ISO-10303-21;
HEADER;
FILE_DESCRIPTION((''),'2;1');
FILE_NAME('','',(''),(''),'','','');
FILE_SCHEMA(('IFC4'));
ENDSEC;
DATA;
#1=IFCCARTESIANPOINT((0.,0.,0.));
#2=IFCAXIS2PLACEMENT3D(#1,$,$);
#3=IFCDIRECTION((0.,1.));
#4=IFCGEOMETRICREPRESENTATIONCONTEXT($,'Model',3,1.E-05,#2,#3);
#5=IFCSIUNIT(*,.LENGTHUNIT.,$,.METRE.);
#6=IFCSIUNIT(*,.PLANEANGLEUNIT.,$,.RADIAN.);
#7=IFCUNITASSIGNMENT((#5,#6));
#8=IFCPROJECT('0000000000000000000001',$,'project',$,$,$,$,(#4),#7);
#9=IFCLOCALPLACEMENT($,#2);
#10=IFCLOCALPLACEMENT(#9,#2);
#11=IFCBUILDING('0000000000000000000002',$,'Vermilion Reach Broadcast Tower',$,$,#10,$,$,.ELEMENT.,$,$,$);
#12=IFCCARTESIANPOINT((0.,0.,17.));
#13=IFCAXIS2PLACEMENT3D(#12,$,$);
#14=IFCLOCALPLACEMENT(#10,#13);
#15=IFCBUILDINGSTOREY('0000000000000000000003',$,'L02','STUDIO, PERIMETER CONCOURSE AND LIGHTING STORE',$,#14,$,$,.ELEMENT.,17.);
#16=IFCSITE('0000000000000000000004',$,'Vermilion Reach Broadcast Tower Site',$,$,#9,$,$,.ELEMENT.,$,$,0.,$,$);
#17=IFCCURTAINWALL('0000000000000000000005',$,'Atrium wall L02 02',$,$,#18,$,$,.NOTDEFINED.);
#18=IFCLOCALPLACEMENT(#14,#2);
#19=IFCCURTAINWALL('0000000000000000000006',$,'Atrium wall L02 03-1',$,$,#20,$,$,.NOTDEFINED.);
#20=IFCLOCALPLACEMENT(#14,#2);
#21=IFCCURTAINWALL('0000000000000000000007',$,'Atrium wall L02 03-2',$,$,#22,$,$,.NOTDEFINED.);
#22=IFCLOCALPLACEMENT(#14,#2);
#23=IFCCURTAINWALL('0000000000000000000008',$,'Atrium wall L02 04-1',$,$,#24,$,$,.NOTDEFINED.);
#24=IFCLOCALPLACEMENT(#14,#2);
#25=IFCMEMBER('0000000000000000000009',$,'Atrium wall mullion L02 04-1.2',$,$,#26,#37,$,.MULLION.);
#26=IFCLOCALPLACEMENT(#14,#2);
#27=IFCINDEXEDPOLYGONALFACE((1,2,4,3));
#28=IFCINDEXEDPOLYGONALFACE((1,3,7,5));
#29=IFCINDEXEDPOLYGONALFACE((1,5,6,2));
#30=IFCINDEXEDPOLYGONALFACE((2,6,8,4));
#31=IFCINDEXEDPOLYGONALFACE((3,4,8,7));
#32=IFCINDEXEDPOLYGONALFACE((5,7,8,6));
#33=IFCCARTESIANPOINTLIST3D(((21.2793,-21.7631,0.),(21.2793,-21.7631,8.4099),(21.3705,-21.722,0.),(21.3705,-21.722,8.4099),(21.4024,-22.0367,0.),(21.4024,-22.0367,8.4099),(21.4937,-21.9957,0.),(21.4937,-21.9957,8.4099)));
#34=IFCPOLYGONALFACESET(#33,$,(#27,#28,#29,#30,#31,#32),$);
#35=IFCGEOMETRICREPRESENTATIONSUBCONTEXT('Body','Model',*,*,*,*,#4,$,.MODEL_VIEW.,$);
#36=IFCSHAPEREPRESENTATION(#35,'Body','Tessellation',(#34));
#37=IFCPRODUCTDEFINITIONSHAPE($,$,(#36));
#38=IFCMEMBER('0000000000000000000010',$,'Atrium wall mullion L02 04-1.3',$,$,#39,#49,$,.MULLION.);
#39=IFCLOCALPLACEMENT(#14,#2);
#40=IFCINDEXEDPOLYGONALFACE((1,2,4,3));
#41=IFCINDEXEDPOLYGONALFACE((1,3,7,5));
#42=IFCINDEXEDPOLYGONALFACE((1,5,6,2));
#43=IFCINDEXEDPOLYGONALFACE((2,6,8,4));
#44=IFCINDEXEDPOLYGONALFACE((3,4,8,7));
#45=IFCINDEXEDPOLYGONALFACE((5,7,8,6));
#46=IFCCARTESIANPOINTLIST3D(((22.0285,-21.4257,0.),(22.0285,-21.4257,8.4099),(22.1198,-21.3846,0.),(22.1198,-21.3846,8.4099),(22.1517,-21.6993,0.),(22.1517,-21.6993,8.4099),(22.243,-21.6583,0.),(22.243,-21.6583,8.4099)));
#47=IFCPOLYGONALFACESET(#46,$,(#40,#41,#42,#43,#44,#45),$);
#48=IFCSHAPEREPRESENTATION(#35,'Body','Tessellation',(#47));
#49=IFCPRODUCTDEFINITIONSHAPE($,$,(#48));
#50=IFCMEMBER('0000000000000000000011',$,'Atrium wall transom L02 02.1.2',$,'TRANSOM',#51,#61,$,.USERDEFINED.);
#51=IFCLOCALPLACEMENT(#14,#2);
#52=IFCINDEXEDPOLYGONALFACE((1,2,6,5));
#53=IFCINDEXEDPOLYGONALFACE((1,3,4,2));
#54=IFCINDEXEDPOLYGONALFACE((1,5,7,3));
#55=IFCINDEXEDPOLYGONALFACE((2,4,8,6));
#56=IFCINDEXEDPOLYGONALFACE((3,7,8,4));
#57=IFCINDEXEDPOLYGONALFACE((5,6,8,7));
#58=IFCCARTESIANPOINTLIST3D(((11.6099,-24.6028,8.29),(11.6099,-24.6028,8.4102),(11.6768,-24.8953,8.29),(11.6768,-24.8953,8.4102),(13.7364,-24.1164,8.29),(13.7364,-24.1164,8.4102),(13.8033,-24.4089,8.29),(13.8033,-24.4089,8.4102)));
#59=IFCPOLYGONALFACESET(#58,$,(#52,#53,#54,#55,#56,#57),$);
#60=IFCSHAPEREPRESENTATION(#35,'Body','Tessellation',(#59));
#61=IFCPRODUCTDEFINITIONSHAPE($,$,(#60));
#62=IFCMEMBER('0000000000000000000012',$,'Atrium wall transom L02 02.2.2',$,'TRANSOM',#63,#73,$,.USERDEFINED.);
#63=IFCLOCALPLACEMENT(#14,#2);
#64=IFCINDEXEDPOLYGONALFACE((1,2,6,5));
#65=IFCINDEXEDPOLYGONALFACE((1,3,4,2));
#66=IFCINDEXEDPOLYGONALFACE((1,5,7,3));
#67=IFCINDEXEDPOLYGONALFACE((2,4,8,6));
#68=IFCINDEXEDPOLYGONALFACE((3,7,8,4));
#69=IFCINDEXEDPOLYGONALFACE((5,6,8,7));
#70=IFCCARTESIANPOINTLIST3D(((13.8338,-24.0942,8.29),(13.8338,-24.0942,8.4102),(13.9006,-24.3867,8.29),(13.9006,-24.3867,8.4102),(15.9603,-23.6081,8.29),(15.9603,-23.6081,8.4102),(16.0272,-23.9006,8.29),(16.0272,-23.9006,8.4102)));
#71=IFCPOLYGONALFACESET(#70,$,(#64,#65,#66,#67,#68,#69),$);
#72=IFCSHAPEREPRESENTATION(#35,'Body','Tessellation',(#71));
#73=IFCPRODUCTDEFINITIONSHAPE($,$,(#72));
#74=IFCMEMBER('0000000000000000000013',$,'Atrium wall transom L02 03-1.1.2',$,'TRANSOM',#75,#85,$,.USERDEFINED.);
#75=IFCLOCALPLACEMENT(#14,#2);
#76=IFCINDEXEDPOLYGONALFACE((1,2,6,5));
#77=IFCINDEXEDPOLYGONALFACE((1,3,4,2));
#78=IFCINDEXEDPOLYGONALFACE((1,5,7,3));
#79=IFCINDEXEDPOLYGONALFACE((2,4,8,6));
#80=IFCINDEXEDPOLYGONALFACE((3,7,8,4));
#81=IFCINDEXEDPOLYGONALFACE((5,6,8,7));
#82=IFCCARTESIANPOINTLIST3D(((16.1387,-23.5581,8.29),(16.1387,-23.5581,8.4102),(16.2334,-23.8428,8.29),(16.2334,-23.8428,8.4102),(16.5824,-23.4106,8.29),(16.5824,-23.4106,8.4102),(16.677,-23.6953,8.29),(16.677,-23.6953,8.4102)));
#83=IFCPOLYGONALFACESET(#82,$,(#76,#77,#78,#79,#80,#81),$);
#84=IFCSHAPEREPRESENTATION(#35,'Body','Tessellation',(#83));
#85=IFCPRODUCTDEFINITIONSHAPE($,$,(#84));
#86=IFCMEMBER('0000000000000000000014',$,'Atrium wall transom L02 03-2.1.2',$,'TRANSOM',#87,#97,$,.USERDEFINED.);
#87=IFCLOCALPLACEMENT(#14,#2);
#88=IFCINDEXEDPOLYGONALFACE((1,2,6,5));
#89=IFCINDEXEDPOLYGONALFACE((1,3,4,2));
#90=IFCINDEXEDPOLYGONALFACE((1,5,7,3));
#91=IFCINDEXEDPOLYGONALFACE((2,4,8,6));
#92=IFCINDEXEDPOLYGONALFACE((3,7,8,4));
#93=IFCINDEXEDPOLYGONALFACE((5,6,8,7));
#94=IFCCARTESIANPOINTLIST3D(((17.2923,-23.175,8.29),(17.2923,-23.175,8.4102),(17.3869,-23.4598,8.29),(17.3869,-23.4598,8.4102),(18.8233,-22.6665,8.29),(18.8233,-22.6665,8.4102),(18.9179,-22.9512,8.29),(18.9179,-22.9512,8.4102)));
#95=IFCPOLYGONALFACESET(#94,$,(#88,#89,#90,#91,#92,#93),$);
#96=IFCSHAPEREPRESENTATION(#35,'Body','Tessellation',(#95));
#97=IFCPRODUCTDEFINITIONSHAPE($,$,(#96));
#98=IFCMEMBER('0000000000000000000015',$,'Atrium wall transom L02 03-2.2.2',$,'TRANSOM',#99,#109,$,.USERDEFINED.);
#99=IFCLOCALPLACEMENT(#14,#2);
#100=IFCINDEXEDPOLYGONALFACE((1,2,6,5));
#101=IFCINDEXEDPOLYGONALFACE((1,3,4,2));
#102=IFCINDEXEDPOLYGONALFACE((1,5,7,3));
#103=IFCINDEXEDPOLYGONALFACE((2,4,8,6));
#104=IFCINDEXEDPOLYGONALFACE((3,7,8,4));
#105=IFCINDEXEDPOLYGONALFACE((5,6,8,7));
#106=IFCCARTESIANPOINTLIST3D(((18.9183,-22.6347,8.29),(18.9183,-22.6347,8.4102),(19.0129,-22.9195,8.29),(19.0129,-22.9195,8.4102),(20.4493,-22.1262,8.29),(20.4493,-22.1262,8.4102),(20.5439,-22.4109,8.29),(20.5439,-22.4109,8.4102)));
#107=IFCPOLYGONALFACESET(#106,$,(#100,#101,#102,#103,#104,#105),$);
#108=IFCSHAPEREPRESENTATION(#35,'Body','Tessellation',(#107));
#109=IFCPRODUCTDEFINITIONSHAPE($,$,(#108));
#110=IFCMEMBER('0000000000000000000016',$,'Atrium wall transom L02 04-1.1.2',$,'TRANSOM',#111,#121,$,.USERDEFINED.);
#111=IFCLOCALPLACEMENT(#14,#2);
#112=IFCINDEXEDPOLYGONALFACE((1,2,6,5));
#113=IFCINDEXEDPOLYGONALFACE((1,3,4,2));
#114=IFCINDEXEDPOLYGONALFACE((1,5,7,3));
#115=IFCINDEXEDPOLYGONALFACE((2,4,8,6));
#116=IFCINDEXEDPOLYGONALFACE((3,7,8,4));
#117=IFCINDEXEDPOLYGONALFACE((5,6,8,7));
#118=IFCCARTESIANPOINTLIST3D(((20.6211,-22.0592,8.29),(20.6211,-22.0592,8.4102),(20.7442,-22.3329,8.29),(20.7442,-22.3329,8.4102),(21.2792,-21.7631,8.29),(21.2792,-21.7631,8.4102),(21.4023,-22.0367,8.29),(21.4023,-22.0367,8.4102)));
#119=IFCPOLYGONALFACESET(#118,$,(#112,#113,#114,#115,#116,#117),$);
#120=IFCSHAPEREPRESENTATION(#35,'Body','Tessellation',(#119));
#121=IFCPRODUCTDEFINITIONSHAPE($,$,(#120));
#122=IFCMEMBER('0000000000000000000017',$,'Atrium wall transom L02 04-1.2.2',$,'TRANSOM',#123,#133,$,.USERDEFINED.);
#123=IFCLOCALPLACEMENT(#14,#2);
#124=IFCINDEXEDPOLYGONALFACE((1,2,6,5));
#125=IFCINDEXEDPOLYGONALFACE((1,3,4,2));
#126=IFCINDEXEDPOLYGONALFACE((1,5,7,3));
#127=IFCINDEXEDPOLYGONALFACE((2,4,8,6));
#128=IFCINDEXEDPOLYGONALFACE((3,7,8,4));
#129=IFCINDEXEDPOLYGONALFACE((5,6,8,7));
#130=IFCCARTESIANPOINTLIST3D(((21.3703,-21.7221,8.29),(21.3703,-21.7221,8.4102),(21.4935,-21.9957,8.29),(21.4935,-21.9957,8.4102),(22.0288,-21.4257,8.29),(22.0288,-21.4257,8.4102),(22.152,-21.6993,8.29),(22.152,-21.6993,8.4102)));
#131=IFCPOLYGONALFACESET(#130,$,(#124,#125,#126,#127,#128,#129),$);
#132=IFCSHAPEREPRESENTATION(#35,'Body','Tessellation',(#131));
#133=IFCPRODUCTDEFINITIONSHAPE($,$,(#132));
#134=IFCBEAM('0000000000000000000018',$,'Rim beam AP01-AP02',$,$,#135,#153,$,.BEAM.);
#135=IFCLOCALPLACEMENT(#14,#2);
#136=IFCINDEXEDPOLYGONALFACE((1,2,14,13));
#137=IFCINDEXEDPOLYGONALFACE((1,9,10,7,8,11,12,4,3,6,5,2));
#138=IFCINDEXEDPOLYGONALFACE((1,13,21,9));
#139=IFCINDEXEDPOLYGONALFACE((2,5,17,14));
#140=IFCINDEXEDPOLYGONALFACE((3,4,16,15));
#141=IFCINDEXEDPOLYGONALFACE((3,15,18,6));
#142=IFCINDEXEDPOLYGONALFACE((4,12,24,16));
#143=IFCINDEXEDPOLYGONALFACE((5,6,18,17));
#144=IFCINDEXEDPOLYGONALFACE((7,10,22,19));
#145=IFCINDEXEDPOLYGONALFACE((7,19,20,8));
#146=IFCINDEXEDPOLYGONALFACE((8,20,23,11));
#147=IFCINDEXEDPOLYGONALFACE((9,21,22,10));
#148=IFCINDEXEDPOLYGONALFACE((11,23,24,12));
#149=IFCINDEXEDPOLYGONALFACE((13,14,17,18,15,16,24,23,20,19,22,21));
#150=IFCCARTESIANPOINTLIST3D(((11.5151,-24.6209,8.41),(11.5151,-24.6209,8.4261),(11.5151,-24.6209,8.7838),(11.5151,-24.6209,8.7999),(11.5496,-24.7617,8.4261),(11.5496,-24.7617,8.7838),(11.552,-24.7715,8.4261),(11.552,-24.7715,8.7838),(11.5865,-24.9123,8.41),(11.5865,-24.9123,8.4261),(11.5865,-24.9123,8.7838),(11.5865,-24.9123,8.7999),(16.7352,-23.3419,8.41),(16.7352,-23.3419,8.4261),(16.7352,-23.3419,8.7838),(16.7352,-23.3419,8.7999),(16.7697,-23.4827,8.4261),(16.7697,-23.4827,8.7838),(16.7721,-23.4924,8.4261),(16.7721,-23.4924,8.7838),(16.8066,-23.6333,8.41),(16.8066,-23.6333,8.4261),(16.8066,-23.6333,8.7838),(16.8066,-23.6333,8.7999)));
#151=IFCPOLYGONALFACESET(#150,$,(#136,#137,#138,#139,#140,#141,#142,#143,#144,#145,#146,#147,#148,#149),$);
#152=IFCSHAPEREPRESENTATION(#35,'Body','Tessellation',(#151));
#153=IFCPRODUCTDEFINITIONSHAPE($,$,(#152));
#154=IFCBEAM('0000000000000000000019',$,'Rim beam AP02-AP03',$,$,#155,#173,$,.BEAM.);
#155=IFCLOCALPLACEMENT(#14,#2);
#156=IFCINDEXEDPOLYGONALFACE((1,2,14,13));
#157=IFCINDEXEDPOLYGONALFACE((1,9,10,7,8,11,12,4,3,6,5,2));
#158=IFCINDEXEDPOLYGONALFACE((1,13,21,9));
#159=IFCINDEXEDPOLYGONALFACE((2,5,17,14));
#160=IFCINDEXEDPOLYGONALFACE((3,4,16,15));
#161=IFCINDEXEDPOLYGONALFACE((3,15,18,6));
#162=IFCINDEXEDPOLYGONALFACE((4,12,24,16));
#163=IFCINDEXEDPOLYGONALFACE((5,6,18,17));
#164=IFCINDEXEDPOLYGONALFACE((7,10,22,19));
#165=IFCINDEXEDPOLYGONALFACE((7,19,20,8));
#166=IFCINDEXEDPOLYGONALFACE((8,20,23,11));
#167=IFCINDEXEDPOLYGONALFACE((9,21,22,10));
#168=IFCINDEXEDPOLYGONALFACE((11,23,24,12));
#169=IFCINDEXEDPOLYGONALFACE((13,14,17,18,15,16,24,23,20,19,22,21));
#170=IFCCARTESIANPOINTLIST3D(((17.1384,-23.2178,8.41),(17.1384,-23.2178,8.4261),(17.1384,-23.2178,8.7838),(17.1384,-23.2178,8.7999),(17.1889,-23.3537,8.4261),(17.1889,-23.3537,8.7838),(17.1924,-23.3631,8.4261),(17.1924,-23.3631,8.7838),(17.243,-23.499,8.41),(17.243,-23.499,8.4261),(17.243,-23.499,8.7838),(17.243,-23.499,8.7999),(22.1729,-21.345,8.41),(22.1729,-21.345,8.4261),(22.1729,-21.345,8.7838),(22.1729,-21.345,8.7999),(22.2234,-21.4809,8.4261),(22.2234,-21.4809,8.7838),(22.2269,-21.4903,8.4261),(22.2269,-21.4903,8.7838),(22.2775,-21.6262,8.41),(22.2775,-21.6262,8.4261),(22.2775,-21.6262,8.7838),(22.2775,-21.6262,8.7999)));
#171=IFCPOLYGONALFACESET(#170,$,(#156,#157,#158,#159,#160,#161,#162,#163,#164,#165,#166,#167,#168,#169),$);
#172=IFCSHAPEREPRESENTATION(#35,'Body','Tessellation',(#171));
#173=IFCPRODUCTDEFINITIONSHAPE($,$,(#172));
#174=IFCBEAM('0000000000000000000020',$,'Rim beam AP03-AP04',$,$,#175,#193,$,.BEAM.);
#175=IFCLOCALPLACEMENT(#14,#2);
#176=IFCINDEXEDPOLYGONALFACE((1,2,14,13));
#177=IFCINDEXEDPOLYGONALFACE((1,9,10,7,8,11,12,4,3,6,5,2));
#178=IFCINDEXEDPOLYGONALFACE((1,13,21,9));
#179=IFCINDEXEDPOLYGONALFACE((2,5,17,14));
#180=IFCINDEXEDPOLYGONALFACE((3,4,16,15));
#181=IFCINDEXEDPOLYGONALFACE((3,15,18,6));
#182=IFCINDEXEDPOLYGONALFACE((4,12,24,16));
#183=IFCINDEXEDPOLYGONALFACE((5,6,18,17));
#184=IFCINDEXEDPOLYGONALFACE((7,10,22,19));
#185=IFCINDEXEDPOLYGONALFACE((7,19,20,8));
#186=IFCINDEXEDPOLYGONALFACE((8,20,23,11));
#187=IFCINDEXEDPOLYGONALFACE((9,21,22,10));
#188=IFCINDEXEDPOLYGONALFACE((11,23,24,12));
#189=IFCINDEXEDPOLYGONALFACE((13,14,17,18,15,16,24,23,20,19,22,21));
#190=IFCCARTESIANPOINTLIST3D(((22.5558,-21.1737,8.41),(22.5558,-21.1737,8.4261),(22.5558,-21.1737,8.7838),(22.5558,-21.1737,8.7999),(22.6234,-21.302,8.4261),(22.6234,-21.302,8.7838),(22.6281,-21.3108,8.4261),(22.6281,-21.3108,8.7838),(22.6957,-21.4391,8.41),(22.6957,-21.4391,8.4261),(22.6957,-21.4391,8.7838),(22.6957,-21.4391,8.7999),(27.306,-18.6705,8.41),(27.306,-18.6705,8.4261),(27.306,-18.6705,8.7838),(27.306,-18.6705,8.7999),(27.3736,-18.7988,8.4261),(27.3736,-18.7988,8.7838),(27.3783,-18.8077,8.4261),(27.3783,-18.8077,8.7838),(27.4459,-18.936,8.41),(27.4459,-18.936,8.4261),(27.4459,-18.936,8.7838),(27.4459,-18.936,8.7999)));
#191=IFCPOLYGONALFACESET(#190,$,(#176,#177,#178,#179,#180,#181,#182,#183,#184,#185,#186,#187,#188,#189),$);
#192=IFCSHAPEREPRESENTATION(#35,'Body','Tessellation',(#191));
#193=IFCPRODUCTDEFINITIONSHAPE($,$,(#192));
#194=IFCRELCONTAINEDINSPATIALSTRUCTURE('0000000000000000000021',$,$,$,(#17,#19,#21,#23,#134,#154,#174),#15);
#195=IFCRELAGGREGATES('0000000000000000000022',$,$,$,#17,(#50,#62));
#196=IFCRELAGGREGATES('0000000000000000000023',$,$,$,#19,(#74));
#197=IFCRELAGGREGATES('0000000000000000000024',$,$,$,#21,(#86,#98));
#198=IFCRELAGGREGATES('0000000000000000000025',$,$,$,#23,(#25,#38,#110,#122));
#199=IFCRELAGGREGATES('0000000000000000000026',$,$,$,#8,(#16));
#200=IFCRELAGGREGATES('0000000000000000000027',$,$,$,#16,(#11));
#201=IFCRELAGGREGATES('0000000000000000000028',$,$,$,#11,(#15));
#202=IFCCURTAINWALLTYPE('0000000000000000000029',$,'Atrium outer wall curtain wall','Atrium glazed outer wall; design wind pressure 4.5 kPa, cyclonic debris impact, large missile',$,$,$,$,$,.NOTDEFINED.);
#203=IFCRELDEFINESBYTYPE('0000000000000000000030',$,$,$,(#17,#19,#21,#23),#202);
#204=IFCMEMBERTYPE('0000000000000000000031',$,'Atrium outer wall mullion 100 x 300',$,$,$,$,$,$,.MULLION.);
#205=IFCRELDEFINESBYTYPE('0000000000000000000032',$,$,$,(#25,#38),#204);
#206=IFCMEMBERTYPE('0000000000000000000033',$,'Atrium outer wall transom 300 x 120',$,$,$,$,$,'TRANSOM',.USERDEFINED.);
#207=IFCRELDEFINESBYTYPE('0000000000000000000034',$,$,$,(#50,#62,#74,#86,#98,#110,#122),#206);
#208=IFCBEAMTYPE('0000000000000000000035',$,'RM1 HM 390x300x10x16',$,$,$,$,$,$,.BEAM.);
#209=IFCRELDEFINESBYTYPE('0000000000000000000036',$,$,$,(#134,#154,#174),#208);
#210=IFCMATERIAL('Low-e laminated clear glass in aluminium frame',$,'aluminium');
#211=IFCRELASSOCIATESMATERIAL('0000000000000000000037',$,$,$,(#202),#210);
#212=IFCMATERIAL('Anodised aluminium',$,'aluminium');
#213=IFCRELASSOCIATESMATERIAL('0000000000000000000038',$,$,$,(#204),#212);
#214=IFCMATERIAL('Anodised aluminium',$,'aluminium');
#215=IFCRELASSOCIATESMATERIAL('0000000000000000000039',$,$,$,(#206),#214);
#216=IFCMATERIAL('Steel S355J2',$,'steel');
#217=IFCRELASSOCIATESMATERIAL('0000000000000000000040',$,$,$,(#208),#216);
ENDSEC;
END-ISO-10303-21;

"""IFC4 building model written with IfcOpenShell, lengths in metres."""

from ifc_helpers import new_model, si_unit, direction, frame, origin, origin_2d, place, context, subcontext, project, spatial, rectangle, i_section, extrude, material, material_profile, profile_set, type_object, element, aggregate, save


model = new_model("IFC4")

# Units and contexts
model_context = context("Model", 3, precision=1e-05, world=origin(), true_north=direction((0.0, 1.0)))
body_context = subcontext(model_context, "Body", "Model", "MODEL_VIEW")
ifc_project = project(units=[si_unit("LENGTHUNIT", "METRE"), si_unit("PLANEANGLEUNIT", "RADIAN")], contexts=[model_context])

# Site, building, storey
site_placement = place(None, origin())
site = spatial("IfcSite", under=ifc_project, at=site_placement, Name="Vermilion Reach Broadcast Tower Site", CompositionType="ELEMENT", RefElevation=0.0)
building_placement = place(site_placement, origin())
building = spatial("IfcBuilding", under=site, at=building_placement, Name="Vermilion Reach Broadcast Tower", CompositionType="ELEMENT")
storey_placement = place(building_placement, frame((0.0, 0.0, 17.0)))
storey = spatial("IfcBuildingStorey", under=building, at=storey_placement, Name="L02", Description="STUDIO, PERIMETER CONCOURSE AND LIGHTING STORE", CompositionType="ELEMENT", Elevation=17.0)

# Shared definitions
ifc_material_1 = material(Name="Low-e laminated clear glass in aluminium frame", Category="aluminium")
curtain_wall_type = type_object("IfcCurtainWallType", Name="Atrium outer wall curtain wall", Description="Atrium glazed outer wall; design wind pressure 4.5 kPa, cyclonic debris impact, large missile", PredefinedType="NOTDEFINED", material=ifc_material_1)
placement = place(storey_placement, origin())
ifc_material_2 = material(Name="Anodised aluminium", Category="aluminium")
ifc_material_profile_1 = material_profile(ifc_material_2, rectangle(XDim=0.3, YDim=0.1001, at=origin_2d()), Name="Atrium outer wall mullion 100 x 300")
ifc_profile_set_1 = profile_set([ifc_material_profile_1], Name="Anodised aluminium")
member_type_1 = type_object("IfcMemberType", Name="Atrium outer wall mullion 100 x 300", PredefinedType="MULLION", material=ifc_profile_set_1)

# Curtain walls, members
curtain_wall_1 = element("IfcCurtainWall", 1, at=placement, inside=storey, type_object=curtain_wall_type, Name="Atrium wall L02 02", PredefinedType="NOTDEFINED")
curtain_wall_2 = element("IfcCurtainWall", 2, at=placement, inside=storey, type_object=curtain_wall_type, Name="Atrium wall L02 03-1", PredefinedType="NOTDEFINED")
curtain_wall_3 = element("IfcCurtainWall", 3, at=placement, inside=storey, type_object=curtain_wall_type, Name="Atrium wall L02 03-2", PredefinedType="NOTDEFINED")
curtain_wall_4 = element("IfcCurtainWall", 4, at=placement, inside=storey, type_object=curtain_wall_type, Name="Atrium wall L02 04-1", PredefinedType="NOTDEFINED")
member_1_placement = place(storey_placement, frame((21.3865, -21.8794, 0.0), z_axis=(0.0, 0.0, 1.0), x_axis=(-0.410408, 0.911902, 0.0)))
member_1 = element("IfcMember", 5, at=member_1_placement, type_object=member_type_1, Name="Atrium wall mullion L02 04-1.2", PredefinedType="MULLION", context=body_context, shape_type="SweptSolid", body=[
    extrude(rectangle(XDim=0.3, YDim=0.1001, at=origin_2d()), origin(), (0.0, 0.0, 1.0), 8.4099),
])
member_2_placement = place(storey_placement, frame((22.1357, -21.542, 0.0), z_axis=(0.0, 0.0, 1.0), x_axis=(-0.410408, 0.911902, 0.0)))
member_2 = element("IfcMember", 6, at=member_2_placement, type_object=member_type_1, Name="Atrium wall mullion L02 04-1.3", PredefinedType="MULLION", context=body_context, shape_type="SweptSolid", body=[
    extrude(rectangle(XDim=0.3, YDim=0.1001, at=origin_2d()), origin(), (0.0, 0.0, 1.0), 8.4099),
])

# Members
ifc_material_3 = material(Name="Anodised aluminium", Category="aluminium")
ifc_material_profile_2 = material_profile(ifc_material_3, rectangle(XDim=0.3, YDim=0.1201, at=origin_2d()), Name="Atrium outer wall transom 300 x 120")
ifc_profile_set_2 = profile_set([ifc_material_profile_2], Name="Anodised aluminium")
member_type_2 = type_object("IfcMemberType", Name="Atrium outer wall transom 300 x 120", ElementType="TRANSOM", PredefinedType="USERDEFINED", material=ifc_profile_set_2)
member_3_placement = place(storey_placement, frame((11.6433, -24.749, 8.3501), z_axis=(0.974831, 0.222946, 0.0), x_axis=(-0.222946, 0.974831, 0.0)))
member_3 = element("IfcMember", 7, at=member_3_placement, type_object=member_type_2, Name="Atrium wall transom L02 02.1.2", ObjectType="TRANSOM", PredefinedType="USERDEFINED", context=body_context, shape_type="SweptSolid", body=[
    extrude(rectangle(XDim=0.3, YDim=0.1201, at=origin_2d()), origin(), (0.0, 0.0, 1.0), 2.1814),
])
member_4_placement = place(storey_placement, frame((13.8672, -24.2405, 8.3501), z_axis=(0.974855, 0.22284, 0.0), x_axis=(-0.22284, 0.974855, 0.0)))
member_4 = element("IfcMember", 8, at=member_4_placement, type_object=member_type_2, Name="Atrium wall transom L02 02.2.2", ObjectType="TRANSOM", PredefinedType="USERDEFINED", context=body_context, shape_type="SweptSolid", body=[
    extrude(rectangle(XDim=0.3, YDim=0.1201, at=origin_2d()), origin(), (0.0, 0.0, 1.0), 2.1814),
])
member_5_placement = place(storey_placement, frame((16.186, -23.7004, 8.3501), z_axis=(0.948944, 0.315444, 0.0), x_axis=(-0.315444, 0.948944, 0.0)))
member_5 = element("IfcMember", 9, at=member_5_placement, type_object=member_type_2, Name="Atrium wall transom L02 03-1.1.2", ObjectType="TRANSOM", PredefinedType="USERDEFINED", context=body_context, shape_type="SweptSolid", body=[
    extrude(rectangle(XDim=0.3, YDim=0.1201, at=origin_2d()), origin(), (0.0, 0.0, 1.0), 0.4675),
])
member_6_placement = place(storey_placement, frame((17.3396, -23.3174, 8.3501), z_axis=(0.949016, 0.315229, 0.0), x_axis=(-0.315229, 0.949016, 0.0)))
member_6 = element("IfcMember", 10, at=member_6_placement, type_object=member_type_2, Name="Atrium wall transom L02 03-2.1.2", ObjectType="TRANSOM", PredefinedType="USERDEFINED", context=body_context, shape_type="SweptSolid", body=[
    extrude(rectangle(XDim=0.3, YDim=0.1201, at=origin_2d()), origin(), (0.0, 0.0, 1.0), 1.6133),
])
member_7_placement = place(storey_placement, frame((18.9656, -22.7771, 8.3501), z_axis=(0.949016, 0.315229, 0.0), x_axis=(-0.315229, 0.949016, 0.0)))
member_7 = element("IfcMember", 11, at=member_7_placement, type_object=member_type_2, Name="Atrium wall transom L02 03-2.2.2", ObjectType="TRANSOM", PredefinedType="USERDEFINED", context=body_context, shape_type="SweptSolid", body=[
    extrude(rectangle(XDim=0.3, YDim=0.1201, at=origin_2d()), origin(), (0.0, 0.0, 1.0), 1.6133),
])
member_8_placement = place(storey_placement, frame((20.6826, -22.196, 8.3501), z_axis=(0.911947, 0.410308, 0.0), x_axis=(-0.410308, 0.911947, 0.0)))
member_8 = element("IfcMember", 12, at=member_8_placement, type_object=member_type_2, Name="Atrium wall transom L02 04-1.1.2", ObjectType="TRANSOM", PredefinedType="USERDEFINED", context=body_context, shape_type="SweptSolid", body=[
    extrude(rectangle(XDim=0.3, YDim=0.1201, at=origin_2d()), origin(), (0.0, 0.0, 1.0), 0.7217),
])
member_9_placement = place(storey_placement, frame((21.4319, -21.8589, 8.3501), z_axis=(0.911877, 0.410463, 0.0), x_axis=(-0.410463, 0.911877, 0.0)))
member_9 = element("IfcMember", 13, at=member_9_placement, type_object=member_type_2, Name="Atrium wall transom L02 04-1.2.2", ObjectType="TRANSOM", PredefinedType="USERDEFINED", context=body_context, shape_type="SweptSolid", body=[
    extrude(rectangle(XDim=0.3, YDim=0.1201, at=origin_2d()), origin(), (0.0, 0.0, 1.0), 0.7222),
])

# Beams
ifc_material_4 = material(Name="Steel S355J2", Category="steel")
ifc_material_profile_3 = material_profile(ifc_material_4, i_section(OverallWidth=0.3, OverallDepth=0.3899, WebThickness=0.01, FlangeThickness=0.0161, at=origin_2d()), Name="S355J2 HM 390x300x10x16")
ifc_profile_set_3 = profile_set([ifc_material_profile_3], Name="Steel S355J2")
beam_type = type_object("IfcBeamType", Name="RM1 HM 390x300x10x16", PredefinedType="BEAM", material=ifc_profile_set_3)
beam_1_placement = place(storey_placement, frame((11.5508, -24.7666, 8.605), z_axis=(0.97127, 0.23798, 0.0), x_axis=(-0.23798, 0.97127, 0.0)))
element("IfcBeam", 14, at=beam_1_placement, inside=storey, type_object=beam_type, Name="Rim beam AP01-AP02", PredefinedType="BEAM", context=body_context, shape_type="SweptSolid", body=[
    extrude(i_section(OverallWidth=0.3, OverallDepth=0.3899, WebThickness=0.01, FlangeThickness=0.0161, at=origin_2d()), origin(), (0.0, 0.0, 1.0), 5.3745),
])
beam_2_placement = place(storey_placement, frame((17.1907, -23.3584, 8.605), z_axis=(0.937251, 0.348657, 0.0), x_axis=(-0.348657, 0.937251, 0.0)))
element("IfcBeam", 15, at=beam_2_placement, inside=storey, type_object=beam_type, Name="Rim beam AP02-AP03", PredefinedType="BEAM", context=body_context, shape_type="SweptSolid", body=[
    extrude(i_section(OverallWidth=0.3, OverallDepth=0.3899, WebThickness=0.01, FlangeThickness=0.0161, at=origin_2d()), origin(), (0.0, 0.0, 1.0), 5.3716),
])
beam_3_placement = place(storey_placement, frame((22.6257, -21.3064, 8.605), z_axis=(0.884684, 0.466191, 0.0), x_axis=(-0.466191, 0.884684, 0.0)))
element("IfcBeam", 16, at=beam_3_placement, inside=storey, type_object=beam_type, Name="Rim beam AP03-AP04", PredefinedType="BEAM", context=body_context, shape_type="SweptSolid", body=[
    extrude(i_section(OverallWidth=0.3, OverallDepth=0.3899, WebThickness=0.01, FlangeThickness=0.0161, at=origin_2d()), origin(), (0.0, 0.0, 1.0), 5.3694),
])

aggregate(curtain_wall_1, [member_3, member_4])
aggregate(curtain_wall_2, [member_5])
aggregate(curtain_wall_3, [member_6, member_7])
aggregate(curtain_wall_4, [member_1, member_2, member_8, member_9])

save(model, "model.ifc")
